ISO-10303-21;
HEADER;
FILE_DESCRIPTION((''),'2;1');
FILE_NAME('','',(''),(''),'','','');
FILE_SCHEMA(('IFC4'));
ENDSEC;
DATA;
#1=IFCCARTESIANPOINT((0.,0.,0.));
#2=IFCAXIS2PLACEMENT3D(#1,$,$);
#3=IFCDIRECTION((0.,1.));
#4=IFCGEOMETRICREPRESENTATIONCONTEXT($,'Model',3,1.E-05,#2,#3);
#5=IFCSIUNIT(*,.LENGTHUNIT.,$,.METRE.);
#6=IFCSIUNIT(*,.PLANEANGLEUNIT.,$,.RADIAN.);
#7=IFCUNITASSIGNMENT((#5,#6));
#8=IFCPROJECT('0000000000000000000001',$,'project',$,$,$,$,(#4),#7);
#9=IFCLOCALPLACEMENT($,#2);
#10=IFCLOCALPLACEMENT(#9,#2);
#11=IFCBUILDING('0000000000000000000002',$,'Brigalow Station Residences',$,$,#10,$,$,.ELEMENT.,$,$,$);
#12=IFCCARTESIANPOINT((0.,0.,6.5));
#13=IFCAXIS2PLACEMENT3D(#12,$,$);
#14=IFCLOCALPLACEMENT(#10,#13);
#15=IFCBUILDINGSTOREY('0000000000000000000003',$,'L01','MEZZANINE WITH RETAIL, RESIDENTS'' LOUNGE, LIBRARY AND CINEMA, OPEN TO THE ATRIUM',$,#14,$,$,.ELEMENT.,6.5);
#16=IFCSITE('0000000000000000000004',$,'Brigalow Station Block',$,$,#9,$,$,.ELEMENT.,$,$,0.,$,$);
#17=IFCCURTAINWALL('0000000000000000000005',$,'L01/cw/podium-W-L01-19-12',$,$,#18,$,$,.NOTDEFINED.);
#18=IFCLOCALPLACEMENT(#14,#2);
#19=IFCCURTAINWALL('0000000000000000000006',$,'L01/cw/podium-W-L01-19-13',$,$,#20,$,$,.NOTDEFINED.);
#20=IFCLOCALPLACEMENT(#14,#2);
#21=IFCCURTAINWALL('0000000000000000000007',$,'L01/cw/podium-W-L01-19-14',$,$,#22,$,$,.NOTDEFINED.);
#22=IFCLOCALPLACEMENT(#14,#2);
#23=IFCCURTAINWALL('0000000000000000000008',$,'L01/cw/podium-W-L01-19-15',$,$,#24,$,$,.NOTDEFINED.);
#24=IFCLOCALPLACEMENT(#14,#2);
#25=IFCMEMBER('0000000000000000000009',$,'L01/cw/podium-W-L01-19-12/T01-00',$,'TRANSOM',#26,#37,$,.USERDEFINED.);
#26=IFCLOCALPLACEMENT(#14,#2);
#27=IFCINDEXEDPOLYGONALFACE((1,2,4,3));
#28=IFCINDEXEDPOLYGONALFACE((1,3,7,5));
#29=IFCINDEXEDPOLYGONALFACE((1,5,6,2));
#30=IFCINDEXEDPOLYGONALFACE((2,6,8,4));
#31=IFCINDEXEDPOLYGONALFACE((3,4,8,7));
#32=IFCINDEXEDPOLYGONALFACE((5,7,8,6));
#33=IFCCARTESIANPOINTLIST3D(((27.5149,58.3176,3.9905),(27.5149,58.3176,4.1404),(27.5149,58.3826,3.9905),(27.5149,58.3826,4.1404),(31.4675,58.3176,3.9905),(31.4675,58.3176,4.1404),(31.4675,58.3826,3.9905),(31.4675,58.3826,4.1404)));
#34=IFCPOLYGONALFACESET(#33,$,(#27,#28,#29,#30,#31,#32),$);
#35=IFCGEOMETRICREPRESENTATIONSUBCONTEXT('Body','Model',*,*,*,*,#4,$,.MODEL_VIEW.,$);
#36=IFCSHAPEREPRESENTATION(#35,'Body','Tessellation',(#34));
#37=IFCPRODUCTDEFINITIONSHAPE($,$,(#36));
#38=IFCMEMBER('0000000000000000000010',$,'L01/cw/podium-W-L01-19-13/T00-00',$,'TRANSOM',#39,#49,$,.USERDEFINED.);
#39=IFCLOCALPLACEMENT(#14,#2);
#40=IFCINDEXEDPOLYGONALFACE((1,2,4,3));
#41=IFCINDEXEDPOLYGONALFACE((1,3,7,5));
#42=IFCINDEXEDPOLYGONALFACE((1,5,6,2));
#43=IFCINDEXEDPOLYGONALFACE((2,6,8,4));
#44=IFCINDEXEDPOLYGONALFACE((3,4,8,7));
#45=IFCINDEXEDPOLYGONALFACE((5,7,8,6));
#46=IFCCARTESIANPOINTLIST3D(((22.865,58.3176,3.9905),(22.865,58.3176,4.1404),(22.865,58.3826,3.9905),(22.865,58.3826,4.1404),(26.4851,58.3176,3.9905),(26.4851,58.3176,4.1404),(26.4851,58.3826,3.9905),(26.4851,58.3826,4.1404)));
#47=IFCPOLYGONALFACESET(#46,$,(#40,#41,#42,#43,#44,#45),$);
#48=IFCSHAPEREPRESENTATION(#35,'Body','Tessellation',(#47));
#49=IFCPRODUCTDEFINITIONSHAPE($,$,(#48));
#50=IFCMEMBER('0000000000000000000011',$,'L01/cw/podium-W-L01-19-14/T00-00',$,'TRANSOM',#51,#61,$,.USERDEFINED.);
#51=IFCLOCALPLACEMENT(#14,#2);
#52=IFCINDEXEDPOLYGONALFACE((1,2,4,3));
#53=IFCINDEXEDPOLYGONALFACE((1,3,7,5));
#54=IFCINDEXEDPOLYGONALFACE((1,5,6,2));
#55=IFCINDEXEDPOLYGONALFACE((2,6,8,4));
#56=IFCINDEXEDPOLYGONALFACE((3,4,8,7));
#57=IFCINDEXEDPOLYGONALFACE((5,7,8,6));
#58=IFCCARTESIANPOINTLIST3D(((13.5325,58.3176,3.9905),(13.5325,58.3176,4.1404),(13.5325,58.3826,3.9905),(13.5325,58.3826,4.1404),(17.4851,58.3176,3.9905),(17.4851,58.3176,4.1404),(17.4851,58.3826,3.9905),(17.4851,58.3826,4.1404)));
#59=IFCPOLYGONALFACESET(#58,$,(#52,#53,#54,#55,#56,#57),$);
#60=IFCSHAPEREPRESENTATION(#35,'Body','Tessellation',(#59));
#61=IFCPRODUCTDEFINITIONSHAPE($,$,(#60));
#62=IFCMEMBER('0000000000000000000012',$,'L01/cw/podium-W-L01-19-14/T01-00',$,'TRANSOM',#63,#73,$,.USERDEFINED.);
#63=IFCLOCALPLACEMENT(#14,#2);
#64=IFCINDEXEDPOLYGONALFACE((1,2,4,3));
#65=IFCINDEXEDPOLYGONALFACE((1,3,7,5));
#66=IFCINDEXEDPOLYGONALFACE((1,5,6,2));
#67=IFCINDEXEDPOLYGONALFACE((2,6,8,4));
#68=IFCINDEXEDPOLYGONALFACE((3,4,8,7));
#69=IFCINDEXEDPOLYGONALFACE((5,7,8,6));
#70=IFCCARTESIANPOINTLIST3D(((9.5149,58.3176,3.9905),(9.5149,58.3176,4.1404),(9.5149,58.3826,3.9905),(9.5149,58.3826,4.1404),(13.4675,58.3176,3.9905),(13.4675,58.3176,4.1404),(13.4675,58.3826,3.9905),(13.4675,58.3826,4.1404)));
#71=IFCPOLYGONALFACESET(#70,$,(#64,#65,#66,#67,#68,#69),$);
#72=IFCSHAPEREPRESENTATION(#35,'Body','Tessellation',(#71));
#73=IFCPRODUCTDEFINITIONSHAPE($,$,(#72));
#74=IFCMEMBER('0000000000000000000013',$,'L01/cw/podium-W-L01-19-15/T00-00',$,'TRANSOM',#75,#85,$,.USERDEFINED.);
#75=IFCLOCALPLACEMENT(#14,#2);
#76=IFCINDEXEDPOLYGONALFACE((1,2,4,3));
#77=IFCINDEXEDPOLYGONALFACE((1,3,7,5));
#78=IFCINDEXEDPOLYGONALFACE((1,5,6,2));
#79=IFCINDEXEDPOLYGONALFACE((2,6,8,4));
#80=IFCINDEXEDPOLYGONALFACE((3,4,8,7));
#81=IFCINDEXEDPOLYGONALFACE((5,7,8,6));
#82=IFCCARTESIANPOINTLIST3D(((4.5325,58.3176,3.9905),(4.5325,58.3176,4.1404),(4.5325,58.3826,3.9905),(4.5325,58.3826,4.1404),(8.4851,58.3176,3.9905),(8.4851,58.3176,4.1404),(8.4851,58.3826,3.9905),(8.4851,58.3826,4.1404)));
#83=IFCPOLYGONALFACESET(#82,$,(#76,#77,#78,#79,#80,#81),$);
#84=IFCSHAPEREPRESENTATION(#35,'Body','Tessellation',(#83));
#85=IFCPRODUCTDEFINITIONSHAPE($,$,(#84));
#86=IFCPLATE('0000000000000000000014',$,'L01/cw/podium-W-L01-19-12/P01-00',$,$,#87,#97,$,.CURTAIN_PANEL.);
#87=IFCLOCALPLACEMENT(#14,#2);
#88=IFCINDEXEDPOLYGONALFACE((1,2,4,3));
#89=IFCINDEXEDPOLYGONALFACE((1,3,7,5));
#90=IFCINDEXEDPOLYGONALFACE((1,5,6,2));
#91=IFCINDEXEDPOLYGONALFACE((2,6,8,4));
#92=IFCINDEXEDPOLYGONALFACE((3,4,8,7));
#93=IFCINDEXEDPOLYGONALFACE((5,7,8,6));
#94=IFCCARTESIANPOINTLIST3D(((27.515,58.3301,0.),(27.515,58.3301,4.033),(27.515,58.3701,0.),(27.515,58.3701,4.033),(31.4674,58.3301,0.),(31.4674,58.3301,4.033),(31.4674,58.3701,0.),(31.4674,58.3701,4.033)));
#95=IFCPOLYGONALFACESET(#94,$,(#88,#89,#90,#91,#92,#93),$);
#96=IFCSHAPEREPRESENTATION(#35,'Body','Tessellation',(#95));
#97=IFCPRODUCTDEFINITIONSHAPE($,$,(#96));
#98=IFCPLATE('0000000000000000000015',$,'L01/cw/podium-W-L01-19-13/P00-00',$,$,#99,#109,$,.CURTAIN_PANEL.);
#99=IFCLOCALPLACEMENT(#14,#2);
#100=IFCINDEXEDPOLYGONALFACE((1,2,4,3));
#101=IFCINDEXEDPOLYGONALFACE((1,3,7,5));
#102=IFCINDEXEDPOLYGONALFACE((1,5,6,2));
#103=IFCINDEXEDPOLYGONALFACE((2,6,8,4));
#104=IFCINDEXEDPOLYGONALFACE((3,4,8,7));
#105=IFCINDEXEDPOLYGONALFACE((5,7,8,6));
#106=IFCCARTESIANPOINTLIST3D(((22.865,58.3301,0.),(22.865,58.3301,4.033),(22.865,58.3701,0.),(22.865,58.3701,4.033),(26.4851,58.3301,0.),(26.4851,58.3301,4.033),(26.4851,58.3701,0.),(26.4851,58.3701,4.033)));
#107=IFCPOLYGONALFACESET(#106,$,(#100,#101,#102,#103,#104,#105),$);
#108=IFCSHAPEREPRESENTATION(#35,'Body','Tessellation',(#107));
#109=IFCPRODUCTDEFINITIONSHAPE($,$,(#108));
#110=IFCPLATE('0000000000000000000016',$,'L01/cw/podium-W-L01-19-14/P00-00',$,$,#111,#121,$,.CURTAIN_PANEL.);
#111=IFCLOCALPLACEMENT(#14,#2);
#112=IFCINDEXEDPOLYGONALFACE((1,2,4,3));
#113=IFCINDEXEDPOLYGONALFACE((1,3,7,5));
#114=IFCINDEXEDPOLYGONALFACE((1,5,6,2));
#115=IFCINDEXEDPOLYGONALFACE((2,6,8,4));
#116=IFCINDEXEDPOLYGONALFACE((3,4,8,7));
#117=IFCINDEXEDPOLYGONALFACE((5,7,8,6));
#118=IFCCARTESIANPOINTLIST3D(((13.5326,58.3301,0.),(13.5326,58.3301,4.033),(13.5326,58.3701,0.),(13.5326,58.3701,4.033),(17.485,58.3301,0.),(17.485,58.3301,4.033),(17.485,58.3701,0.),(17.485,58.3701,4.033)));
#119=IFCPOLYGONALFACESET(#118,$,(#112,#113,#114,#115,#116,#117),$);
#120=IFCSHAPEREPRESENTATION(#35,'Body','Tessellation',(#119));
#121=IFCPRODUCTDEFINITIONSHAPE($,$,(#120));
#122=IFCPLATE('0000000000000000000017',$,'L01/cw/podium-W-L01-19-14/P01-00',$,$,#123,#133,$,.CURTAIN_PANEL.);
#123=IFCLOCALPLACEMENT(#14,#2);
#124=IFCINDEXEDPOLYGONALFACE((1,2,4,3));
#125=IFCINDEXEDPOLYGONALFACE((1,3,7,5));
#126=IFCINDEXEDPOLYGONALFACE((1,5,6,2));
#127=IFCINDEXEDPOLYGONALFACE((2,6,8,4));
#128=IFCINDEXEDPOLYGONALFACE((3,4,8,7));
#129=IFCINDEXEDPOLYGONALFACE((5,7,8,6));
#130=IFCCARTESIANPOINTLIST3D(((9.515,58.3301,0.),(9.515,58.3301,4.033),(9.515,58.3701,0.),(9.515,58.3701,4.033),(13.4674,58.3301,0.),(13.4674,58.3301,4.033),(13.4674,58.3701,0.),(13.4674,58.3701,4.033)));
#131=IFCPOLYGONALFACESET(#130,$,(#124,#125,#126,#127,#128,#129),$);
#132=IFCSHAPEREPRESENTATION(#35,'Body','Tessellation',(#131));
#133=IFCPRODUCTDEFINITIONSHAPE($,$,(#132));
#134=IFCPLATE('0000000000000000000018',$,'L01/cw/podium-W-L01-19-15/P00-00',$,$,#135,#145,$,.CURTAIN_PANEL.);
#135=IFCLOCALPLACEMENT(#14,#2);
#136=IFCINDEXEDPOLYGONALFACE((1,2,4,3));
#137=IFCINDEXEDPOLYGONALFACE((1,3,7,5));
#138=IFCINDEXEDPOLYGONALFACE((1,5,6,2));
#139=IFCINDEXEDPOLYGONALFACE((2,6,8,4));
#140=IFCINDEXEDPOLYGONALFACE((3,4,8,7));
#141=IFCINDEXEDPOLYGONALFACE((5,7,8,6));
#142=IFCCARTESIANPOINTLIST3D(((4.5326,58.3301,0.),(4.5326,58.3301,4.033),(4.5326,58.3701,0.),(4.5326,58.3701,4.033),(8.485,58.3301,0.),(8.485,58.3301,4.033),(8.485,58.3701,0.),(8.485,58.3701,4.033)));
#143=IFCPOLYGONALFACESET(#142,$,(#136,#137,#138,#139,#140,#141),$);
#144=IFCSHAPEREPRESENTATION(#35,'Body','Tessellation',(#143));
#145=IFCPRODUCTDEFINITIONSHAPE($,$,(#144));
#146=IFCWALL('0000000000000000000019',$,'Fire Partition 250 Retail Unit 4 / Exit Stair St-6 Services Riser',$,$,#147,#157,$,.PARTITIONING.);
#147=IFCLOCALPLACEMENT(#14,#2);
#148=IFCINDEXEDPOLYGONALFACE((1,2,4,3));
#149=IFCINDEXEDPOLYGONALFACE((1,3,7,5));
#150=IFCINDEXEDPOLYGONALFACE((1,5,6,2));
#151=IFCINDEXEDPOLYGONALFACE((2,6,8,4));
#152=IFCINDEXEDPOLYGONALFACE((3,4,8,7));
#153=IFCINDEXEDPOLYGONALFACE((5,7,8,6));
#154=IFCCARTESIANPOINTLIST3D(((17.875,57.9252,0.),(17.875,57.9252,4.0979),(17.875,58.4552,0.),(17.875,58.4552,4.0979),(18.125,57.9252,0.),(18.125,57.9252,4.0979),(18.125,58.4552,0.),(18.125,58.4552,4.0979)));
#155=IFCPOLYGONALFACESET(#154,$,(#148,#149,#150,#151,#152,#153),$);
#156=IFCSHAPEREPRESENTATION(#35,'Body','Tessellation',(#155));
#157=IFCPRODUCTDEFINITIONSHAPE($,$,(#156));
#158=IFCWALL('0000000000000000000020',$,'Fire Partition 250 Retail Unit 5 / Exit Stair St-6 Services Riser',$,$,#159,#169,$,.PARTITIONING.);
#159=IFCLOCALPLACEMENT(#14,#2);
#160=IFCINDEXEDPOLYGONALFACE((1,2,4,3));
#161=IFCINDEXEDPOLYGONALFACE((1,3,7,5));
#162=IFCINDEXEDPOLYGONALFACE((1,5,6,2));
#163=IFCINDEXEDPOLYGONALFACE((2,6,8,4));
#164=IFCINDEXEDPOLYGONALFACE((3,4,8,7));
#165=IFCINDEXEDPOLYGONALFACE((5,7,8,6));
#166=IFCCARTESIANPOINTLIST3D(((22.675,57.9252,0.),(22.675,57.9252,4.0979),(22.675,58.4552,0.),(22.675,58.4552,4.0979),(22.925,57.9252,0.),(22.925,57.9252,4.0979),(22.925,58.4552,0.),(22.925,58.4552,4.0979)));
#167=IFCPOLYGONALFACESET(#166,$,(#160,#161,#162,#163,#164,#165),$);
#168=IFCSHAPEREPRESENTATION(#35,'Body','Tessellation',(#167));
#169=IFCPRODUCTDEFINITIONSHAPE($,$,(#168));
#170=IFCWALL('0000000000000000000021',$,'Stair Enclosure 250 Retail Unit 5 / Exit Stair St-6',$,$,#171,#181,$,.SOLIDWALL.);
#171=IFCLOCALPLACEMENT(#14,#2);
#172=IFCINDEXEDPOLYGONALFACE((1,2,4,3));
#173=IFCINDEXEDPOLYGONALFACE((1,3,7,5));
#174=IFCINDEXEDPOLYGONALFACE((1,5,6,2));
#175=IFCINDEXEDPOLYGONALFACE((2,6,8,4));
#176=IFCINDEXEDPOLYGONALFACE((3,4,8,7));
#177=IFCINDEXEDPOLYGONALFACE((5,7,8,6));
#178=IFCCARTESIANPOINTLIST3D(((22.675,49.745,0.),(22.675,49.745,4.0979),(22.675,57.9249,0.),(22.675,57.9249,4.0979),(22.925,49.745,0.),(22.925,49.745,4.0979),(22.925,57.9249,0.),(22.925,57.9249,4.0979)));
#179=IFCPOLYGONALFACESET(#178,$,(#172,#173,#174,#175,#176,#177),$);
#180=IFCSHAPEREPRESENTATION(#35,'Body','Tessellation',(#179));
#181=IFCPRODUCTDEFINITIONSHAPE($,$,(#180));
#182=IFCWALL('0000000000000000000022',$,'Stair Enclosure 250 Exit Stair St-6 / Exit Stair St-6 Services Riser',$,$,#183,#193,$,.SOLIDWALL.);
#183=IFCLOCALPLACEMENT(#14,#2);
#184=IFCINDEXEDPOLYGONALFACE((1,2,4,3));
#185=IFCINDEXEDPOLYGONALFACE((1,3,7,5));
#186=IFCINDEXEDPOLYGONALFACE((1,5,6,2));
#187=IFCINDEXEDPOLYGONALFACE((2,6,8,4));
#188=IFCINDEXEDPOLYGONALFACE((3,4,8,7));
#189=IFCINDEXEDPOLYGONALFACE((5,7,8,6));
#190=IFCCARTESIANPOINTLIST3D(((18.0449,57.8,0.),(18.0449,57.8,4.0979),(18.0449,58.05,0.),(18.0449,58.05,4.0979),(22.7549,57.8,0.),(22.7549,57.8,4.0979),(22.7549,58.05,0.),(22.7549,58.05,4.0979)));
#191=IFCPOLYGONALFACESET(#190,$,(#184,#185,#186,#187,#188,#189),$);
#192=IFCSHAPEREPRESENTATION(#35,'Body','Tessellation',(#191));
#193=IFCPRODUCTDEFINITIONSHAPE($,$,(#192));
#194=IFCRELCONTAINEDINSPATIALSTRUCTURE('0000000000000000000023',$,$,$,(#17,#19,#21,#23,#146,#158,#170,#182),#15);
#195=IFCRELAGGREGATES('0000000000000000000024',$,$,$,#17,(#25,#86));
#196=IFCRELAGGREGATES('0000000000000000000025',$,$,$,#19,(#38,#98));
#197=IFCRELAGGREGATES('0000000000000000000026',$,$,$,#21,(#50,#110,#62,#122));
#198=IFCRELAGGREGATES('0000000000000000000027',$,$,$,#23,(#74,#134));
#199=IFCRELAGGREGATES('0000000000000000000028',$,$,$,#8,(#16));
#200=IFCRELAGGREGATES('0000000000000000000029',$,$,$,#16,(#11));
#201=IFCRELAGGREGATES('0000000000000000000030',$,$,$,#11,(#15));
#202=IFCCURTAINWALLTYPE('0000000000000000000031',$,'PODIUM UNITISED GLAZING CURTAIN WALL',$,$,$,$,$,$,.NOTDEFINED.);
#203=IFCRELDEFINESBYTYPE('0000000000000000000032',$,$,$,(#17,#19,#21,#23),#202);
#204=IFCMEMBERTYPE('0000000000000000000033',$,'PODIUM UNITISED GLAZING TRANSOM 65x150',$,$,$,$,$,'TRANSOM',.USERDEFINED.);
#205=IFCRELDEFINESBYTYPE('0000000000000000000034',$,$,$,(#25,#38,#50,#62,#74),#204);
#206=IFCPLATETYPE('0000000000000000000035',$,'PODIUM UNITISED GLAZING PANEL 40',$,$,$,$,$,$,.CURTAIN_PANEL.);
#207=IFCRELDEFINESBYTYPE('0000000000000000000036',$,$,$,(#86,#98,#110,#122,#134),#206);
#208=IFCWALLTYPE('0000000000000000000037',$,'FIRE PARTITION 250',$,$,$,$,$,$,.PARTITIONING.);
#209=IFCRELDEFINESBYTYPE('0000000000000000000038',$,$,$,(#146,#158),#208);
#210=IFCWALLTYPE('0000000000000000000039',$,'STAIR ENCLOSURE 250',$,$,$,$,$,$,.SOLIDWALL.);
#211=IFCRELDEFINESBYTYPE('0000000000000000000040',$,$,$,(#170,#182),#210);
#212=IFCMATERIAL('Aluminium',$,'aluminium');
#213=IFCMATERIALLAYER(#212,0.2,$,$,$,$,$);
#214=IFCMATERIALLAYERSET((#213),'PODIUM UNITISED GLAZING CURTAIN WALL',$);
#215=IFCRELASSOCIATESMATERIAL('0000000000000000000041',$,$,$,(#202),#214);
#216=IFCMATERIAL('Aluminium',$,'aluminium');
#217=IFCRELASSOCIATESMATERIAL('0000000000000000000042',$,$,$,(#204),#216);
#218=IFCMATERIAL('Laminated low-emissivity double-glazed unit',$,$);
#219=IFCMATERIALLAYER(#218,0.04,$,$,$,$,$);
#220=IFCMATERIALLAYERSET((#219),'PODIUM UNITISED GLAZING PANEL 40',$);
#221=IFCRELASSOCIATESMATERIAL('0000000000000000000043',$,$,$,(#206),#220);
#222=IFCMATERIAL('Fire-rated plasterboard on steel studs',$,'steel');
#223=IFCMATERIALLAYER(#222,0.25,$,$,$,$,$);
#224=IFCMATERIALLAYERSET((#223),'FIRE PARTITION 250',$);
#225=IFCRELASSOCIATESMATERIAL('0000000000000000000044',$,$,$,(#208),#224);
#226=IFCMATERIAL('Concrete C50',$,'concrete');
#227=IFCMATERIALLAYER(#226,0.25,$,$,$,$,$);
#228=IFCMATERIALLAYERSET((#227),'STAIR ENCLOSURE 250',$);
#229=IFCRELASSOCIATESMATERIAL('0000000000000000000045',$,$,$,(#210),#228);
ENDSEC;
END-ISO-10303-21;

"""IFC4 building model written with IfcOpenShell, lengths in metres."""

from ifc_helpers import new_model, si_unit, direction, frame, frame_2d, origin, origin_2d, place, context, subcontext, project, spatial, rectangle, extrude, material, layer, layer_set, material_profile, profile_set, type_object, element, aggregate, save


model = new_model("IFC4")

# Units and contexts
model_context = context("Model", 3, precision=1e-05, world=origin(), true_north=direction((0.0, 1.0)))
body_context = subcontext(model_context, "Body", "Model", "MODEL_VIEW")
ifc_project = project(units=[si_unit("LENGTHUNIT", "METRE"), si_unit("PLANEANGLEUNIT", "RADIAN")], contexts=[model_context])

# Site, building, storey
site_placement = place(None, origin())
site = spatial("IfcSite", under=ifc_project, at=site_placement, Name="Brigalow Station Block", CompositionType="ELEMENT", RefElevation=0.0)
building_placement = place(site_placement, origin())
building = spatial("IfcBuilding", under=site, at=building_placement, Name="Brigalow Station Residences", CompositionType="ELEMENT")
storey_placement = place(building_placement, frame((0.0, 0.0, 6.5)))
storey = spatial("IfcBuildingStorey", under=building, at=storey_placement, Name="L01", Description="MEZZANINE WITH RETAIL, RESIDENTS' LOUNGE, LIBRARY AND CINEMA, OPEN TO THE ATRIUM", CompositionType="ELEMENT", Elevation=6.5)

# Curtain walls
ifc_material_1 = material(Name="Aluminium", Category="aluminium")
ifc_layer_1 = layer(ifc_material_1, 0.2)
ifc_layer_set_1 = layer_set([ifc_layer_1], Name="PODIUM UNITISED GLAZING CURTAIN WALL")
curtain_wall_type = type_object("IfcCurtainWallType", Name="PODIUM UNITISED GLAZING CURTAIN WALL", PredefinedType="NOTDEFINED", material=ifc_layer_set_1)
curtain_wall_1_placement = place(storey_placement, origin())
curtain_wall_1 = element("IfcCurtainWall", 1, at=curtain_wall_1_placement, inside=storey, type_object=curtain_wall_type, Name="L01/cw/podium-W-L01-19-12", PredefinedType="NOTDEFINED")
curtain_wall_2_placement = place(storey_placement, origin())
curtain_wall_2 = element("IfcCurtainWall", 2, at=curtain_wall_2_placement, inside=storey, type_object=curtain_wall_type, Name="L01/cw/podium-W-L01-19-13", PredefinedType="NOTDEFINED")
curtain_wall_3_placement = place(storey_placement, origin())
curtain_wall_3 = element("IfcCurtainWall", 3, at=curtain_wall_3_placement, inside=storey, type_object=curtain_wall_type, Name="L01/cw/podium-W-L01-19-14", PredefinedType="NOTDEFINED")
curtain_wall_4_placement = place(storey_placement, origin())
curtain_wall_4 = element("IfcCurtainWall", 4, at=curtain_wall_4_placement, inside=storey, type_object=curtain_wall_type, Name="L01/cw/podium-W-L01-19-15", PredefinedType="NOTDEFINED")

# Members
ifc_material_2 = material(Name="Aluminium", Category="aluminium")
ifc_material_profile_1 = material_profile(ifc_material_2, rectangle(XDim=0.0649, YDim=0.1499, at=origin_2d()), Name="PODIUM UNITISED GLAZING TRANSOM 65x150")
ifc_profile_set_1 = profile_set([ifc_material_profile_1], Name="Aluminium")
member_type_1 = type_object("IfcMemberType", Name="PODIUM UNITISED GLAZING TRANSOM 65x150", ElementType="TRANSOM", PredefinedType="USERDEFINED", material=ifc_profile_set_1)
member_1_placement = place(storey_placement, frame((31.4675, 58.3501, 4.0654), z_axis=(-1.0, 0.0, 0.0), x_axis=(0.0, -1.0, 0.0)))
member_1 = element("IfcMember", 5, at=member_1_placement, type_object=member_type_1, Name="L01/cw/podium-W-L01-19-12/T01-00", ObjectType="TRANSOM", PredefinedType="USERDEFINED", context=body_context, shape_type="SweptSolid", body=[
    extrude(rectangle(XDim=0.0649, YDim=0.1499, at=origin_2d()), origin(), (0.0, 0.0, 1.0), 3.9526),
])
member_2_placement = place(storey_placement, frame((26.4851, 58.3501, 4.0654), z_axis=(-1.0, 0.0, 0.0), x_axis=(0.0, -1.0, 0.0)))
member_2 = element("IfcMember", 6, at=member_2_placement, type_object=member_type_1, Name="L01/cw/podium-W-L01-19-13/T00-00", ObjectType="TRANSOM", PredefinedType="USERDEFINED", context=body_context, shape_type="SweptSolid", body=[
    extrude(rectangle(XDim=0.0649, YDim=0.1499, at=origin_2d()), origin(), (0.0, 0.0, 1.0), 3.6201),
])
member_3_placement = place(storey_placement, frame((17.4851, 58.3501, 4.0654), z_axis=(-1.0, 0.0, 0.0), x_axis=(0.0, -1.0, 0.0)))
member_3 = element("IfcMember", 7, at=member_3_placement, type_object=member_type_1, Name="L01/cw/podium-W-L01-19-14/T00-00", ObjectType="TRANSOM", PredefinedType="USERDEFINED", context=body_context, shape_type="SweptSolid", body=[
    extrude(rectangle(XDim=0.0649, YDim=0.1499, at=origin_2d()), origin(), (0.0, 0.0, 1.0), 3.9526),
])
member_4_placement = place(storey_placement, frame((13.4675, 58.3501, 4.0654), z_axis=(-1.0, 0.0, 0.0), x_axis=(0.0, -1.0, 0.0)))
member_4 = element("IfcMember", 8, at=member_4_placement, type_object=member_type_1, Name="L01/cw/podium-W-L01-19-14/T01-00", ObjectType="TRANSOM", PredefinedType="USERDEFINED", context=body_context, shape_type="SweptSolid", body=[
    extrude(rectangle(XDim=0.0649, YDim=0.1499, at=origin_2d()), origin(), (0.0, 0.0, 1.0), 3.9526),
])
member_5_placement = place(storey_placement, frame((8.4851, 58.3501, 4.0654), z_axis=(-1.0, 0.0, 0.0), x_axis=(0.0, -1.0, 0.0)))
member_5 = element("IfcMember", 9, at=member_5_placement, type_object=member_type_1, Name="L01/cw/podium-W-L01-19-15/T00-00", ObjectType="TRANSOM", PredefinedType="USERDEFINED", context=body_context, shape_type="SweptSolid", body=[
    extrude(rectangle(XDim=0.0649, YDim=0.1499, at=origin_2d()), origin(), (0.0, 0.0, 1.0), 3.9526),
])

# Plates
ifc_material_3 = material(Name="Laminated low-emissivity double-glazed unit")
ifc_layer_2 = layer(ifc_material_3, 0.04)
ifc_layer_set_2 = layer_set([ifc_layer_2], Name="PODIUM UNITISED GLAZING PANEL 40")
plate_type = type_object("IfcPlateType", Name="PODIUM UNITISED GLAZING PANEL 40", PredefinedType="CURTAIN_PANEL", material=ifc_layer_set_2)
plate_1_placement = place(storey_placement, frame((29.4912, 58.3501, 0.0), z_axis=(0.0, 0.0, 1.0), x_axis=(-1.0, 0.0, 0.0)))
plate_1 = element("IfcPlate", 10, at=plate_1_placement, type_object=plate_type, Name="L01/cw/podium-W-L01-19-12/P01-00", PredefinedType="CURTAIN_PANEL", context=body_context, shape_type="SweptSolid", body=[
    extrude(rectangle(XDim=3.9524, YDim=0.04, at=origin_2d()), origin(), (0.0, 0.0, 1.0), 4.033),
])
aggregate(curtain_wall_1, [member_1, plate_1])
plate_2_placement = place(storey_placement, frame((24.675, 58.3501, 0.0), z_axis=(0.0, 0.0, 1.0), x_axis=(-1.0, 0.0, 0.0)))
plate_2 = element("IfcPlate", 11, at=plate_2_placement, type_object=plate_type, Name="L01/cw/podium-W-L01-19-13/P00-00", PredefinedType="CURTAIN_PANEL", context=body_context, shape_type="SweptSolid", body=[
    extrude(rectangle(XDim=3.6201, YDim=0.04, at=origin_2d()), origin(), (0.0, 0.0, 1.0), 4.033),
])
aggregate(curtain_wall_2, [member_2, plate_2])
plate_3_placement = place(storey_placement, frame((15.5088, 58.3501, 0.0), z_axis=(0.0, 0.0, 1.0), x_axis=(-1.0, 0.0, 0.0)))
plate_3 = element("IfcPlate", 12, at=plate_3_placement, type_object=plate_type, Name="L01/cw/podium-W-L01-19-14/P00-00", PredefinedType="CURTAIN_PANEL", context=body_context, shape_type="SweptSolid", body=[
    extrude(rectangle(XDim=3.9524, YDim=0.04, at=origin_2d()), origin(), (0.0, 0.0, 1.0), 4.033),
])
plate_4_placement = place(storey_placement, frame((11.4912, 58.3501, 0.0), z_axis=(0.0, 0.0, 1.0), x_axis=(-1.0, 0.0, 0.0)))
plate_4 = element("IfcPlate", 13, at=plate_4_placement, type_object=plate_type, Name="L01/cw/podium-W-L01-19-14/P01-00", PredefinedType="CURTAIN_PANEL", context=body_context, shape_type="SweptSolid", body=[
    extrude(rectangle(XDim=3.9524, YDim=0.04, at=origin_2d()), origin(), (0.0, 0.0, 1.0), 4.033),
])
aggregate(curtain_wall_3, [member_3, plate_3, member_4, plate_4])
plate_5_placement = place(storey_placement, frame((6.5088, 58.3501, 0.0), z_axis=(0.0, 0.0, 1.0), x_axis=(-1.0, 0.0, 0.0)))
plate_5 = element("IfcPlate", 14, at=plate_5_placement, type_object=plate_type, Name="L01/cw/podium-W-L01-19-15/P00-00", PredefinedType="CURTAIN_PANEL", context=body_context, shape_type="SweptSolid", body=[
    extrude(rectangle(XDim=3.9524, YDim=0.04, at=origin_2d()), origin(), (0.0, 0.0, 1.0), 4.033),
])
aggregate(curtain_wall_4, [member_5, plate_5])

# Walls
ifc_material_4 = material(Name="Fire-rated plasterboard on steel studs", Category="steel")
ifc_layer_3 = layer(ifc_material_4, 0.25)
ifc_layer_set_3 = layer_set([ifc_layer_3], Name="FIRE PARTITION 250")
wall_type_1 = type_object("IfcWallType", Name="FIRE PARTITION 250", PredefinedType="PARTITIONING", material=ifc_layer_set_3)
for number, where, z_axis, x_axis, name in (
    (15, (18.0, 57.925, 0.0), (0.0, 0.0, 1.0), (0.0, 1.0, 0.0), "Fire Partition 250 Retail Unit 4 / Exit Stair St-6 Services Riser"),
    (16, (22.8, 57.925, 0.0), (0.0, 0.0, 1.0), (0.0, 1.0, 0.0), "Fire Partition 250 Retail Unit 5 / Exit Stair St-6 Services Riser"),
):
    element("IfcWall", number, at=place(storey_placement, frame(where, z_axis=z_axis, x_axis=x_axis)), inside=storey, type_object=wall_type_1, Name=name, PredefinedType="PARTITIONING", context=body_context, shape_type="SweptSolid", body=[
        extrude(rectangle(XDim=0.53, YDim=0.25, at=frame_2d((0.2651, 0.0))), origin(), (0.0, 0.0, 1.0), 4.0979),
    ])
ifc_material_5 = material(Name="Concrete C50", Category="concrete")
ifc_layer_4 = layer(ifc_material_5, 0.25)
ifc_layer_set_4 = layer_set([ifc_layer_4], Name="STAIR ENCLOSURE 250")
wall_type_2 = type_object("IfcWallType", Name="STAIR ENCLOSURE 250", PredefinedType="SOLIDWALL", material=ifc_layer_set_4)
wall_1_placement = place(storey_placement, frame((22.8, 49.7451, 0.0), z_axis=(0.0, 0.0, 1.0), x_axis=(0.0, 1.0, 0.0)))
element("IfcWall", 17, at=wall_1_placement, inside=storey, type_object=wall_type_2, Name="Stair Enclosure 250 Retail Unit 5 / Exit Stair St-6", PredefinedType="SOLIDWALL", context=body_context, shape_type="SweptSolid", body=[
    extrude(rectangle(XDim=8.1799, YDim=0.25, at=frame_2d((4.0898, 0.0))), origin(), (0.0, 0.0, 1.0), 4.0979),
])
wall_2_placement = place(storey_placement, frame((18.0449, 57.925, 0.0), z_axis=(0.0, 0.0, 1.0), x_axis=(1.0, 0.0, 0.0)))
element("IfcWall", 18, at=wall_2_placement, inside=storey, type_object=wall_type_2, Name="Stair Enclosure 250 Exit Stair St-6 / Exit Stair St-6 Services Riser", PredefinedType="SOLIDWALL", context=body_context, shape_type="SweptSolid", body=[
    extrude(rectangle(XDim=4.71, YDim=0.25, at=frame_2d((2.355, 0.0))), origin(), (0.0, 0.0, 1.0), 4.0979),
])

save(model, "model.ifc")
